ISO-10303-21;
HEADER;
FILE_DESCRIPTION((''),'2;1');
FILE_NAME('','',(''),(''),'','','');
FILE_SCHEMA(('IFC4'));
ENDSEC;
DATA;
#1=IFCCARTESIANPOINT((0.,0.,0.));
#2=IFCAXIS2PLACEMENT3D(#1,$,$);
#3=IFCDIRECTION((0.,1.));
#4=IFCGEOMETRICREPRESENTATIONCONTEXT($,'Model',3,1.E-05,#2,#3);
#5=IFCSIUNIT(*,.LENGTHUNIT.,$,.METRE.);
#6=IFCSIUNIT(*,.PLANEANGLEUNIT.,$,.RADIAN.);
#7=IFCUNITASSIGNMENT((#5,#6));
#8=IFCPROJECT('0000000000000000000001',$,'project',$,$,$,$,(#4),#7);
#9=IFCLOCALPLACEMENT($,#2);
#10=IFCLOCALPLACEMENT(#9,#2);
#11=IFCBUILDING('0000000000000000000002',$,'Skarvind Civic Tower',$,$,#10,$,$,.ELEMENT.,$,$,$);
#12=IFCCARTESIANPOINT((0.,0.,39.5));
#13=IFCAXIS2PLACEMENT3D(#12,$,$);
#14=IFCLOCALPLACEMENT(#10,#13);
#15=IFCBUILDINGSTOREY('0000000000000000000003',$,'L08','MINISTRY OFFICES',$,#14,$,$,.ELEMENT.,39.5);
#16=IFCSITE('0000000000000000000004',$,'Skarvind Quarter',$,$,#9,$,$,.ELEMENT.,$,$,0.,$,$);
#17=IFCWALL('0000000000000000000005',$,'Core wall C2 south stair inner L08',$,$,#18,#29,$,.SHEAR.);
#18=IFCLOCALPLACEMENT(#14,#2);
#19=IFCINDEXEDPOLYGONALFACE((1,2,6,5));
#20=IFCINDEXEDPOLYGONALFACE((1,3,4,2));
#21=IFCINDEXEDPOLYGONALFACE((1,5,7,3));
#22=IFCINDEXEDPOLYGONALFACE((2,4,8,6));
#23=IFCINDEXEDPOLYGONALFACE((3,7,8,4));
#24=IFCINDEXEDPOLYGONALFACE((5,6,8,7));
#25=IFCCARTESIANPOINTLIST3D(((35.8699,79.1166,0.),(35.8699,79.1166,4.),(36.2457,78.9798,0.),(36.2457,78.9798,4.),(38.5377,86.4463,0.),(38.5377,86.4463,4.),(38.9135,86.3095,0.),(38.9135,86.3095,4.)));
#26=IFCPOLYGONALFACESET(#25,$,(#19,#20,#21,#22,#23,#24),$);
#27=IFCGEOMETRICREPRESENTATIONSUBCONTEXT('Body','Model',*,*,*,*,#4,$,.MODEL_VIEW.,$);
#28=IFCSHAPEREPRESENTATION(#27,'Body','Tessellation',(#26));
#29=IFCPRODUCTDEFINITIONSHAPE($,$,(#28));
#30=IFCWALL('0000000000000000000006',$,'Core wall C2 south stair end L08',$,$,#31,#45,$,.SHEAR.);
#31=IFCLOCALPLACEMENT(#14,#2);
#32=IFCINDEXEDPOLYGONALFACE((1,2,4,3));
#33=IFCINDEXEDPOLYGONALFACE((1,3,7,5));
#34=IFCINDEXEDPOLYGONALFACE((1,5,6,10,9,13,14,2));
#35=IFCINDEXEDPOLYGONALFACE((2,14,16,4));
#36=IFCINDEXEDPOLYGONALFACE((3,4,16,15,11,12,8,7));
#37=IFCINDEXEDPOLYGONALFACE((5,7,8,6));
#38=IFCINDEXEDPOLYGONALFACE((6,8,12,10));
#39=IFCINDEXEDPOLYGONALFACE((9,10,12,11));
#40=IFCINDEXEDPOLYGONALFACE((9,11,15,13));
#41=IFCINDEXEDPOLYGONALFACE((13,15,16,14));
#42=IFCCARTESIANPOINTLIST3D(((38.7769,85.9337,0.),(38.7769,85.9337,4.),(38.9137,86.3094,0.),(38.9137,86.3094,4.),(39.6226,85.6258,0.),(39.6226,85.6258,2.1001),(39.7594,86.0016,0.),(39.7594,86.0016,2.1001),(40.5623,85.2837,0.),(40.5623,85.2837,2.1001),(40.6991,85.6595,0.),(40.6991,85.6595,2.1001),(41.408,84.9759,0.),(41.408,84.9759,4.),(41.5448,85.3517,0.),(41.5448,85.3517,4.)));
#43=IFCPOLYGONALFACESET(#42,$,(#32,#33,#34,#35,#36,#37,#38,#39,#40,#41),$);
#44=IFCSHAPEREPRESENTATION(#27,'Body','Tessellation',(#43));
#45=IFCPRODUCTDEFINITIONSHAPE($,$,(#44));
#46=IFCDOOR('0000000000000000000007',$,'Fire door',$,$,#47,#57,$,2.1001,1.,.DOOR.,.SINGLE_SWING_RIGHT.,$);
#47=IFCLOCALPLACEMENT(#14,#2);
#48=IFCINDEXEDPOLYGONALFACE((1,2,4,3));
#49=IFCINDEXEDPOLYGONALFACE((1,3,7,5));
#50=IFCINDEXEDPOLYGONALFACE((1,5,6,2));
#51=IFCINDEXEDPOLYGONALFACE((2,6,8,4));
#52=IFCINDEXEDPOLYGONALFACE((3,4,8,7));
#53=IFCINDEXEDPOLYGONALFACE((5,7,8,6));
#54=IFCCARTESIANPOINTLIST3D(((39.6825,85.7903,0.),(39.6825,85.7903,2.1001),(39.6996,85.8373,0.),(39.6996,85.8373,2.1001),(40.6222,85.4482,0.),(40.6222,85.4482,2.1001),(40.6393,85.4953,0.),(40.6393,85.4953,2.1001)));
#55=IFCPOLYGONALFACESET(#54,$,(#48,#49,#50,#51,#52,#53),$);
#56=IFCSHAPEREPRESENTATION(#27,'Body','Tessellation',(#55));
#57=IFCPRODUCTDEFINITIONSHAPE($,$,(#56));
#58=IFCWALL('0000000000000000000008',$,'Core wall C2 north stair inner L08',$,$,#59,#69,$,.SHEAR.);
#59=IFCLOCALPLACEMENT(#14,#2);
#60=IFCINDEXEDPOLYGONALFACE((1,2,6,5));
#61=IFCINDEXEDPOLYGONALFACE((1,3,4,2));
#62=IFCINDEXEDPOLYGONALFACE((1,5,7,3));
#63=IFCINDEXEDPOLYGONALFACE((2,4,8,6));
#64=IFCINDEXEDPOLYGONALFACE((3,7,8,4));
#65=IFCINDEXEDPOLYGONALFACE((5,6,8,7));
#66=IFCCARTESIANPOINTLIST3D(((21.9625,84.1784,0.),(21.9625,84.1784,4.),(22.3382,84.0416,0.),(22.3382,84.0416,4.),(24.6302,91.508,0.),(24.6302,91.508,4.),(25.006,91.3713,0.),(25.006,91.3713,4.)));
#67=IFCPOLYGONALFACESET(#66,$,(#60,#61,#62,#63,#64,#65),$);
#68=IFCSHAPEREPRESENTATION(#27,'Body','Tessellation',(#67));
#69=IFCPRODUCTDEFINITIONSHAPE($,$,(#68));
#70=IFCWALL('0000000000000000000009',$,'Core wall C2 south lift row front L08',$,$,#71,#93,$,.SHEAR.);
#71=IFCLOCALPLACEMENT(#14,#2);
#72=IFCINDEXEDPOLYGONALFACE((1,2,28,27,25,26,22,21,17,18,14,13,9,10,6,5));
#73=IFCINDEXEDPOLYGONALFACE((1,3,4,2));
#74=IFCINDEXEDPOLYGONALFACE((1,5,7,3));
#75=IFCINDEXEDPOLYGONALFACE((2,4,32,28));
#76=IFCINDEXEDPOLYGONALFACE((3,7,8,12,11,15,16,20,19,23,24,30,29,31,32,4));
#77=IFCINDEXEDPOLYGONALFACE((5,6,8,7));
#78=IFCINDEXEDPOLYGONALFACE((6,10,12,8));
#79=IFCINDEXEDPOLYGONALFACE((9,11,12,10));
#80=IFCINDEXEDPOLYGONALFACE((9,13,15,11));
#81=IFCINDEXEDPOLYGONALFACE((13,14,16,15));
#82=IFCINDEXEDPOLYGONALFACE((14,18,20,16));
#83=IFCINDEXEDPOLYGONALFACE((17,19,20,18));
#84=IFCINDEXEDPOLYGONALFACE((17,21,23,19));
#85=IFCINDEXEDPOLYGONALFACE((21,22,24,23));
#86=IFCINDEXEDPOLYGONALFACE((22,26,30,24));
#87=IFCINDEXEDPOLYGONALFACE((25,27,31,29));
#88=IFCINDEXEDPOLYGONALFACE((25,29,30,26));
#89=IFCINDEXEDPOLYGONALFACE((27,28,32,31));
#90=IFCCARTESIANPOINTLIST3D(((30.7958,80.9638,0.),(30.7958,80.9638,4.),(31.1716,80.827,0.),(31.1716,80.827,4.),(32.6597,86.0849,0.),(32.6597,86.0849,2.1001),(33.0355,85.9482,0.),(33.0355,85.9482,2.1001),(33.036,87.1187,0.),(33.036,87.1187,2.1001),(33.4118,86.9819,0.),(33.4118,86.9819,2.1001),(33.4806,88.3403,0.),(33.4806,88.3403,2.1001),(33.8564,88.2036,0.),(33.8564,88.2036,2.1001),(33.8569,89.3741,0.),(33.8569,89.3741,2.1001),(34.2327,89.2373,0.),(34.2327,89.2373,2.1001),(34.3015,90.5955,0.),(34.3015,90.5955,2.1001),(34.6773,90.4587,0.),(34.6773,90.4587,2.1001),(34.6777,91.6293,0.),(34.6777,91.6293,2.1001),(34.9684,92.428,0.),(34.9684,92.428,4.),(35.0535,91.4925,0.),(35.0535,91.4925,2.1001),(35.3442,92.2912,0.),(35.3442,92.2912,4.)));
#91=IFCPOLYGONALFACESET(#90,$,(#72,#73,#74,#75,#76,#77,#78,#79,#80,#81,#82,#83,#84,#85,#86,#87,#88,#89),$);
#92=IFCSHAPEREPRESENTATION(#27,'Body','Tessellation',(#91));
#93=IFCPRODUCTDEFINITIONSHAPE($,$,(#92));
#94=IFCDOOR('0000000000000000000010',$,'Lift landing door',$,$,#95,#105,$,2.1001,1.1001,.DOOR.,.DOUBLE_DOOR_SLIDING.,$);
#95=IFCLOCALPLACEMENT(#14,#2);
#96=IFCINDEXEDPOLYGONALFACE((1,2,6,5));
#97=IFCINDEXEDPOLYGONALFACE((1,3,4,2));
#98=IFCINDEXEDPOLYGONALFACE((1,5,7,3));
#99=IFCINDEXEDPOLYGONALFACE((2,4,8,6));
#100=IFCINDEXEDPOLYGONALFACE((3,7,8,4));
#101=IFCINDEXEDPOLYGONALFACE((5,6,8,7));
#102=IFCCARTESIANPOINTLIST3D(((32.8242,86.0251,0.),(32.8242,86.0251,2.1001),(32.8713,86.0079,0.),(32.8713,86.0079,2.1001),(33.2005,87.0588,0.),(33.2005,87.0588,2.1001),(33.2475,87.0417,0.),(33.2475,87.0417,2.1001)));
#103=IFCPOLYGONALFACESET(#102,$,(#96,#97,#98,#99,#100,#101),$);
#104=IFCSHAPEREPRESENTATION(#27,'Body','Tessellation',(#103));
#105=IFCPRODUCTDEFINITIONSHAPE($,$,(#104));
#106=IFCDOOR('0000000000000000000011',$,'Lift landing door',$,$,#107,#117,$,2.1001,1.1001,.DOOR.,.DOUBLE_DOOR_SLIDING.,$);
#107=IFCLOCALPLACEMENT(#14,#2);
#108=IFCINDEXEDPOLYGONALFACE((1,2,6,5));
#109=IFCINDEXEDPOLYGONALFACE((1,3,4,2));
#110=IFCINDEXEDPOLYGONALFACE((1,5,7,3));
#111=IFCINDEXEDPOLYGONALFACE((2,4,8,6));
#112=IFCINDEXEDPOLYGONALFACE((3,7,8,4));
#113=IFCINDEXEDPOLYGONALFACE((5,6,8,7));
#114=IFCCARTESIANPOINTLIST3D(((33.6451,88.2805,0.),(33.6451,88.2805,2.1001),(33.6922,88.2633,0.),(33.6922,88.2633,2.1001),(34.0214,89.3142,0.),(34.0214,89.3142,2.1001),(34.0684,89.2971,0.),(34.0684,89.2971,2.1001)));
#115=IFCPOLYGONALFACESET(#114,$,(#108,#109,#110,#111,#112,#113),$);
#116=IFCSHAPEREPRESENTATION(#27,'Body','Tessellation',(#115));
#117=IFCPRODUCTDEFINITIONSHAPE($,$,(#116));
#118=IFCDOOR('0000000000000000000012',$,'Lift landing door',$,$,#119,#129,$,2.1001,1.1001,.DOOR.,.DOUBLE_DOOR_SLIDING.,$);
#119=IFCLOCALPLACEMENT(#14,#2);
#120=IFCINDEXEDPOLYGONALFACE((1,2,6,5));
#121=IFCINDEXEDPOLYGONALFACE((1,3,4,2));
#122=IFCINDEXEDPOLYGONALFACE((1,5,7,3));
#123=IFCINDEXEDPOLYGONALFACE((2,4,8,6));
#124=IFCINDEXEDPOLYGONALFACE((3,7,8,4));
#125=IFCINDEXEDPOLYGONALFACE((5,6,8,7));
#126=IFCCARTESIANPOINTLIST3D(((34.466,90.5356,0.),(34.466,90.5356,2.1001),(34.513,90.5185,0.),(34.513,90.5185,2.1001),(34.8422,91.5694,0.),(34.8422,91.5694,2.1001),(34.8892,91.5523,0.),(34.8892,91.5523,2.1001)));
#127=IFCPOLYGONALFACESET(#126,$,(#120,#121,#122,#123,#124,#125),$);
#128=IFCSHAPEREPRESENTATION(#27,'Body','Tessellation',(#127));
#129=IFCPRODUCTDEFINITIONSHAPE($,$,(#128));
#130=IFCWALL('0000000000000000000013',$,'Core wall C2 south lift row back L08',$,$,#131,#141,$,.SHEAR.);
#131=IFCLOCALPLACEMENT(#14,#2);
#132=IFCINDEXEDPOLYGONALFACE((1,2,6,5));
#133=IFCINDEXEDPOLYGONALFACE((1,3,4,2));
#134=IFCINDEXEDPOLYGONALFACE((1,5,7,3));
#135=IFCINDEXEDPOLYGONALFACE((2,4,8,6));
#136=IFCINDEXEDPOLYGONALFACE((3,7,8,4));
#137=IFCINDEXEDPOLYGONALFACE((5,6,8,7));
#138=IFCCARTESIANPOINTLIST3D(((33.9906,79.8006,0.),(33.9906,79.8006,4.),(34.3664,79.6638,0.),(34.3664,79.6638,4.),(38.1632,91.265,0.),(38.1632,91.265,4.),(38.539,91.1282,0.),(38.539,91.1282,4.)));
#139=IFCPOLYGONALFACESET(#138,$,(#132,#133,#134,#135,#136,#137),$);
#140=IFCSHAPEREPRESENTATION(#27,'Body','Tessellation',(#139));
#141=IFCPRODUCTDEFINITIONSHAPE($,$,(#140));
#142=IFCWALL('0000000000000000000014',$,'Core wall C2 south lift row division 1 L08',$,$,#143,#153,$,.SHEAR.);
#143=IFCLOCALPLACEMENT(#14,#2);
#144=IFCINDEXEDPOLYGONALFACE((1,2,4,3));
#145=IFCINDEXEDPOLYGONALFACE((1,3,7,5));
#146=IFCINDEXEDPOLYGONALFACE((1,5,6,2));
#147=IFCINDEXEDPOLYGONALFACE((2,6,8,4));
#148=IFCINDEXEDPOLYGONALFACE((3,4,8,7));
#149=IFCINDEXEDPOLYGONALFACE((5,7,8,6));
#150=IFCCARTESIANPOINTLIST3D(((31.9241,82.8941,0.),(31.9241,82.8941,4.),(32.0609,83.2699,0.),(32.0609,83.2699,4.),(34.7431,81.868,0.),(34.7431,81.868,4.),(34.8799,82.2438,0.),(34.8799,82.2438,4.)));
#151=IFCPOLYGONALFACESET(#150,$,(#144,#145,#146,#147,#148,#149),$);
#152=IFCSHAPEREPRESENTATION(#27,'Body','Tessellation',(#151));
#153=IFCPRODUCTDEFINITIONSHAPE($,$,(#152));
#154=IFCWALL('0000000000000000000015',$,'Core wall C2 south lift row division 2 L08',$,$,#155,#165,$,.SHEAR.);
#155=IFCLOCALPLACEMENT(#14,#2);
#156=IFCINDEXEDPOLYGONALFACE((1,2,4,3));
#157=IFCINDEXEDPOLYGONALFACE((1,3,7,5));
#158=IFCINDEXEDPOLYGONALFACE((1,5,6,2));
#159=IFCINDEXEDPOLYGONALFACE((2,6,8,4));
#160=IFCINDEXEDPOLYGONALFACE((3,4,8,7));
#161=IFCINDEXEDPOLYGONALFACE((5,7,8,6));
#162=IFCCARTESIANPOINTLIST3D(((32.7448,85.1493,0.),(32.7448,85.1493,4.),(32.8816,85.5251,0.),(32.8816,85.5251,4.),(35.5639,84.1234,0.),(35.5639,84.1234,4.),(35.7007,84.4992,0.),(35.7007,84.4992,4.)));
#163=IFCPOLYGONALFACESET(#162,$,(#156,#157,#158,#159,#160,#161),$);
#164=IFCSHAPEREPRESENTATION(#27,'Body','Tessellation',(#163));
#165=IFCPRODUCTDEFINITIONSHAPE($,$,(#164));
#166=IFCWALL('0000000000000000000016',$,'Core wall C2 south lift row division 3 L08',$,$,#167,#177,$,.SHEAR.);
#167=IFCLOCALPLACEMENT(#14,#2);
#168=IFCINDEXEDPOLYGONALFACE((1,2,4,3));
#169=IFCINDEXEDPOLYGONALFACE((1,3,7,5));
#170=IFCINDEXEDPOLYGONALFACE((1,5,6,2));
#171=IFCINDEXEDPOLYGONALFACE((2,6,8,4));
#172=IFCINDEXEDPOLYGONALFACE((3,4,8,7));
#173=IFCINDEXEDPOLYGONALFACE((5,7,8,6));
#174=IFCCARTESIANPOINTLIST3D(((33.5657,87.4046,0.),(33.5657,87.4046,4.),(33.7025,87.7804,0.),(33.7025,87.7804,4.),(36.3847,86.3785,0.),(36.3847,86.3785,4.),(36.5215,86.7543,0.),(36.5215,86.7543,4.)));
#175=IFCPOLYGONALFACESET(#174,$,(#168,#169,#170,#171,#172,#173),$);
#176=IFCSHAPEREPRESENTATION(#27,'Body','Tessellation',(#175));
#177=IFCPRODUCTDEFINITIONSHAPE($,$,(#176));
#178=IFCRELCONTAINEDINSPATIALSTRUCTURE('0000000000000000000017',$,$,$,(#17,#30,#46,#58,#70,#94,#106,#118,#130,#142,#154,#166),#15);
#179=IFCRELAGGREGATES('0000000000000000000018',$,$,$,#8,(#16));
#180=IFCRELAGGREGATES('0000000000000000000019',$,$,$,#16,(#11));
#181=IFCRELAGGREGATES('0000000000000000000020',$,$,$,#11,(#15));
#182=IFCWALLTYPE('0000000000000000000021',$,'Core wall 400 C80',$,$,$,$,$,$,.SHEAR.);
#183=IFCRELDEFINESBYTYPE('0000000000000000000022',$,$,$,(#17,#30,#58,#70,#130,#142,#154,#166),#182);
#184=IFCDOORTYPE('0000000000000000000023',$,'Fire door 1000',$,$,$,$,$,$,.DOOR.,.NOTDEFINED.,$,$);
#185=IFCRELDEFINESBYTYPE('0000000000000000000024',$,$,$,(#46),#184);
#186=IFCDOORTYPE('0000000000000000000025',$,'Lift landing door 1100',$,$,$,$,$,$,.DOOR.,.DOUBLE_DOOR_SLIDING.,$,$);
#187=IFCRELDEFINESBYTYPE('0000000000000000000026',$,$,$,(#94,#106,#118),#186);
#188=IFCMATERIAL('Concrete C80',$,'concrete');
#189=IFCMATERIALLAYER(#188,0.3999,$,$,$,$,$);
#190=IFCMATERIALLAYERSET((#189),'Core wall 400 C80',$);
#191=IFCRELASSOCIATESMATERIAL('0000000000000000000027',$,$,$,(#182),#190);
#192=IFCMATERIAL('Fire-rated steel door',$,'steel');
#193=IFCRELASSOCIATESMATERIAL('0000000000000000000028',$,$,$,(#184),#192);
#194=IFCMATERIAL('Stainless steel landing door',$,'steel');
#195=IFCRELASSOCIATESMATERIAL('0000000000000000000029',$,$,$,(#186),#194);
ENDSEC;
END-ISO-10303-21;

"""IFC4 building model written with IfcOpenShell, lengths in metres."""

from ifc_helpers import new_model, si_unit, direction, frame, frame_2d, origin, place, context, subcontext, project, spatial, rectangle, extrude, material, layer, layer_set, type_object, element, fill, save


model = new_model("IFC4")

# Units and contexts
model_context = context("Model", 3, precision=1e-05, world=origin(), true_north=direction((0.0, 1.0)))
body_context = subcontext(model_context, "Body", "Model", "MODEL_VIEW")
ifc_project = project(units=[si_unit("LENGTHUNIT", "METRE"), si_unit("PLANEANGLEUNIT", "RADIAN")], contexts=[model_context])

# Site, building, storey
site_placement = place(None, origin())
site = spatial("IfcSite", under=ifc_project, at=site_placement, Name="Skarvind Quarter", CompositionType="ELEMENT", RefElevation=0.0)
building_placement = place(site_placement, origin())
building = spatial("IfcBuilding", under=site, at=building_placement, Name="Skarvind Civic Tower", CompositionType="ELEMENT")
storey_placement = place(building_placement, frame((0.0, 0.0, 39.5)))
storey = spatial("IfcBuildingStorey", under=building, at=storey_placement, Name="L08", Description="MINISTRY OFFICES", CompositionType="ELEMENT", Elevation=39.5)

# Wall
ifc_material_1 = material(Name="Concrete C80", Category="concrete")
ifc_layer_1 = layer(ifc_material_1, 0.3999)
ifc_layer_set_1 = layer_set([ifc_layer_1], Name="Core wall 400 C80")
wall_type_1 = type_object("IfcWallType", Name="Core wall 400 C80", PredefinedType="SHEAR", material=ifc_layer_set_1)
wall_1_placement = place(storey_placement, frame((36.0579, 79.0483, 0.0), z_axis=(0.0, 0.0, 1.0), x_axis=(0.342017, 0.939694, 0.0)))
element("IfcWall", 1, at=wall_1_placement, inside=storey, type_object=wall_type_1, Name="Core wall C2 south stair inner L08", PredefinedType="SHEAR", context=body_context, shape_type="SweptSolid", body=[
    extrude(rectangle(XDim=7.8, YDim=0.3999, at=frame_2d((3.8999, 0.0))), origin(), (0.0, 0.0, 1.0), 4.0),
])

# Wall, opening, door
wall_2_placement = place(storey_placement, frame((41.4763, 85.1638, 0.0), z_axis=(0.0, 0.0, 1.0), x_axis=(-0.939679, 0.342058, 0.0)))
wall_2 = element("IfcWall", 2, at=wall_2_placement, inside=storey, type_object=wall_type_1, Name="Core wall C2 south stair end L08", PredefinedType="SHEAR", context=body_context, shape_type="SweptSolid", body=[
    extrude(rectangle(XDim=2.8, YDim=0.3999, at=frame_2d((1.3999, 0.0))), origin(), (0.0, 0.0, 1.0), 4.0),
])
opening_1_placement = place(wall_2_placement, frame((0.8999, 0.0, 0.0)))
opening_1 = element("IfcOpeningElement", 3, at=opening_1_placement, cuts=wall_2, PredefinedType="OPENING", context=body_context, shape_type="SweptSolid", body=[
    extrude(rectangle(XDim=1.0, YDim=2.1001, at=frame_2d((0.5, 1.05))), frame((0.0, 0.21, 0.0), z_axis=(0.0, -1.0, 0.0), x_axis=(1.0, 0.0, 0.0)), (0.0, 0.0, 1.0), 0.4199),
])
ifc_material_2 = material(Name="Fire-rated steel door", Category="steel")
door_type_1 = type_object("IfcDoorType", Name="Fire door 1000", OperationType="NOTDEFINED", PredefinedType="DOOR", material=ifc_material_2)
door_1_placement = place(opening_1_placement, origin())
door_1 = element("IfcDoor", 4, at=door_1_placement, inside=storey, type_object=door_type_1, Name="Fire door", OperationType="SINGLE_SWING_RIGHT", OverallHeight=2.1001, OverallWidth=1.0, PredefinedType="DOOR", context=body_context, shape_type="SweptSolid", body=[
    extrude(rectangle(XDim=1.0, YDim=2.1001, at=frame_2d((0.5, 1.05))), frame((0.0, 0.0249, 0.0), z_axis=(0.0, -1.0, 0.0), x_axis=(1.0, 0.0, 0.0)), (0.0, 0.0, 1.0), 0.05),
])
fill(opening_1, door_1)

# Wall
wall_3_placement = place(storey_placement, frame((22.1504, 84.1101, 0.0), z_axis=(0.0, 0.0, 1.0), x_axis=(0.342017, 0.939694, 0.0)))
element("IfcWall", 5, at=wall_3_placement, inside=storey, type_object=wall_type_1, Name="Core wall C2 north stair inner L08", PredefinedType="SHEAR", context=body_context, shape_type="SweptSolid", body=[
    extrude(rectangle(XDim=7.8, YDim=0.3999, at=frame_2d((3.8999, 0.0))), origin(), (0.0, 0.0, 1.0), 4.0),
])

# Wall, openings, doors
wall_4_placement = place(storey_placement, frame((30.9836, 80.8953, 0.0), z_axis=(0.0, 0.0, 1.0), x_axis=(0.342021, 0.939692, 0.0)))
wall_4 = element("IfcWall", 6, at=wall_4_placement, inside=storey, type_object=wall_type_1, Name="Core wall C2 south lift row front L08", PredefinedType="SHEAR", context=body_context, shape_type="SweptSolid", body=[
    extrude(rectangle(XDim=12.2, YDim=0.3999, at=frame_2d((6.1001, 0.0))), origin(), (0.0, 0.0, 1.0), 4.0),
])
opening_2_placement = place(wall_4_placement, frame((5.45, 0.0, 0.0)))
opening_2 = element("IfcOpeningElement", 7, at=opening_2_placement, cuts=wall_4, PredefinedType="OPENING", context=body_context, shape_type="SweptSolid", body=[
    extrude(rectangle(XDim=1.1001, YDim=2.1001, at=frame_2d((0.55, 1.05))), frame((0.0, 0.21, 0.0), z_axis=(0.0, -1.0, 0.0), x_axis=(1.0, 0.0, 0.0)), (0.0, 0.0, 1.0), 0.4199),
])
opening_3_placement = place(wall_4_placement, frame((7.8501, 0.0, 0.0)))
opening_3 = element("IfcOpeningElement", 8, at=opening_3_placement, cuts=wall_4, PredefinedType="OPENING", context=body_context, shape_type="SweptSolid", body=[
    extrude(rectangle(XDim=1.1001, YDim=2.1001, at=frame_2d((0.55, 1.05))), frame((0.0, 0.21, 0.0), z_axis=(0.0, -1.0, 0.0), x_axis=(1.0, 0.0, 0.0)), (0.0, 0.0, 1.0), 0.4199),
])
opening_4_placement = place(wall_4_placement, frame((10.25, 0.0, 0.0)))
opening_4 = element("IfcOpeningElement", 9, at=opening_4_placement, cuts=wall_4, PredefinedType="OPENING", context=body_context, shape_type="SweptSolid", body=[
    extrude(rectangle(XDim=1.1001, YDim=2.1001, at=frame_2d((0.55, 1.05))), frame((0.0, 0.21, 0.0), z_axis=(0.0, -1.0, 0.0), x_axis=(1.0, 0.0, 0.0)), (0.0, 0.0, 1.0), 0.4199),
])
ifc_material_3 = material(Name="Stainless steel landing door", Category="steel")
door_type_2 = type_object("IfcDoorType", Name="Lift landing door 1100", OperationType="DOUBLE_DOOR_SLIDING", PredefinedType="DOOR", material=ifc_material_3)
door_2_placement = place(opening_2_placement, origin())
door_2 = element("IfcDoor", 10, at=door_2_placement, inside=storey, type_object=door_type_2, Name="Lift landing door", OperationType="DOUBLE_DOOR_SLIDING", OverallHeight=2.1001, OverallWidth=1.1001, PredefinedType="DOOR", context=body_context, shape_type="SweptSolid", body=[
    extrude(rectangle(XDim=1.1001, YDim=2.1001, at=frame_2d((0.55, 1.05))), frame((0.0, 0.0249, 0.0), z_axis=(0.0, -1.0, 0.0), x_axis=(1.0, 0.0, 0.0)), (0.0, 0.0, 1.0), 0.05),
])
fill(opening_2, door_2)
door_3_placement = place(opening_3_placement, origin())
door_3 = element("IfcDoor", 11, at=door_3_placement, inside=storey, type_object=door_type_2, Name="Lift landing door", OperationType="DOUBLE_DOOR_SLIDING", OverallHeight=2.1001, OverallWidth=1.1001, PredefinedType="DOOR", context=body_context, shape_type="SweptSolid", body=[
    extrude(rectangle(XDim=1.1001, YDim=2.1001, at=frame_2d((0.55, 1.05))), frame((0.0, 0.0249, 0.0), z_axis=(0.0, -1.0, 0.0), x_axis=(1.0, 0.0, 0.0)), (0.0, 0.0, 1.0), 0.05),
])
fill(opening_3, door_3)
door_4_placement = place(opening_4_placement, origin())
door_4 = element("IfcDoor", 12, at=door_4_placement, inside=storey, type_object=door_type_2, Name="Lift landing door", OperationType="DOUBLE_DOOR_SLIDING", OverallHeight=2.1001, OverallWidth=1.1001, PredefinedType="DOOR", context=body_context, shape_type="SweptSolid", body=[
    extrude(rectangle(XDim=1.1001, YDim=2.1001, at=frame_2d((0.55, 1.05))), frame((0.0, 0.0249, 0.0), z_axis=(0.0, -1.0, 0.0), x_axis=(1.0, 0.0, 0.0)), (0.0, 0.0, 1.0), 0.05),
])
fill(opening_4, door_4)

# Walls
wall_5_placement = place(storey_placement, frame((34.1785, 79.7322, 0.0), z_axis=(0.0, 0.0, 1.0), x_axis=(0.342015, 0.939695, 0.0)))
element("IfcWall", 13, at=wall_5_placement, inside=storey, type_object=wall_type_1, Name="Core wall C2 south lift row back L08", PredefinedType="SHEAR", context=body_context, shape_type="SweptSolid", body=[
    extrude(rectangle(XDim=12.2002, YDim=0.3999, at=frame_2d((6.1001, 0.0))), origin(), (0.0, 0.0, 1.0), 4.0),
])
for number, where, z_axis, x_axis, name in (
    (14, (34.8115, 82.0559, 0.0), (0.0, 0.0, 1.0), (-0.939686, 0.342037, 0.0), "Core wall C2 south lift row division 1 L08"),
    (15, (35.6323, 84.3113, 0.0), (0.0, 0.0, 1.0), (-0.939713, 0.341965, 0.0), "Core wall C2 south lift row division 2 L08"),
    (16, (36.4531, 86.5664, 0.0), (0.0, 0.0, 1.0), (-0.939686, 0.342037, 0.0), "Core wall C2 south lift row division 3 L08"),
):
    element("IfcWall", number, at=place(storey_placement, frame(where, z_axis=z_axis, x_axis=x_axis)), inside=storey, type_object=wall_type_1, Name=name, PredefinedType="SHEAR", context=body_context, shape_type="SweptSolid", body=[
        extrude(rectangle(XDim=3.0, YDim=0.3999, at=frame_2d((1.5, 0.0))), origin(), (0.0, 0.0, 1.0), 4.0),
    ])

save(model, "model.ifc")
